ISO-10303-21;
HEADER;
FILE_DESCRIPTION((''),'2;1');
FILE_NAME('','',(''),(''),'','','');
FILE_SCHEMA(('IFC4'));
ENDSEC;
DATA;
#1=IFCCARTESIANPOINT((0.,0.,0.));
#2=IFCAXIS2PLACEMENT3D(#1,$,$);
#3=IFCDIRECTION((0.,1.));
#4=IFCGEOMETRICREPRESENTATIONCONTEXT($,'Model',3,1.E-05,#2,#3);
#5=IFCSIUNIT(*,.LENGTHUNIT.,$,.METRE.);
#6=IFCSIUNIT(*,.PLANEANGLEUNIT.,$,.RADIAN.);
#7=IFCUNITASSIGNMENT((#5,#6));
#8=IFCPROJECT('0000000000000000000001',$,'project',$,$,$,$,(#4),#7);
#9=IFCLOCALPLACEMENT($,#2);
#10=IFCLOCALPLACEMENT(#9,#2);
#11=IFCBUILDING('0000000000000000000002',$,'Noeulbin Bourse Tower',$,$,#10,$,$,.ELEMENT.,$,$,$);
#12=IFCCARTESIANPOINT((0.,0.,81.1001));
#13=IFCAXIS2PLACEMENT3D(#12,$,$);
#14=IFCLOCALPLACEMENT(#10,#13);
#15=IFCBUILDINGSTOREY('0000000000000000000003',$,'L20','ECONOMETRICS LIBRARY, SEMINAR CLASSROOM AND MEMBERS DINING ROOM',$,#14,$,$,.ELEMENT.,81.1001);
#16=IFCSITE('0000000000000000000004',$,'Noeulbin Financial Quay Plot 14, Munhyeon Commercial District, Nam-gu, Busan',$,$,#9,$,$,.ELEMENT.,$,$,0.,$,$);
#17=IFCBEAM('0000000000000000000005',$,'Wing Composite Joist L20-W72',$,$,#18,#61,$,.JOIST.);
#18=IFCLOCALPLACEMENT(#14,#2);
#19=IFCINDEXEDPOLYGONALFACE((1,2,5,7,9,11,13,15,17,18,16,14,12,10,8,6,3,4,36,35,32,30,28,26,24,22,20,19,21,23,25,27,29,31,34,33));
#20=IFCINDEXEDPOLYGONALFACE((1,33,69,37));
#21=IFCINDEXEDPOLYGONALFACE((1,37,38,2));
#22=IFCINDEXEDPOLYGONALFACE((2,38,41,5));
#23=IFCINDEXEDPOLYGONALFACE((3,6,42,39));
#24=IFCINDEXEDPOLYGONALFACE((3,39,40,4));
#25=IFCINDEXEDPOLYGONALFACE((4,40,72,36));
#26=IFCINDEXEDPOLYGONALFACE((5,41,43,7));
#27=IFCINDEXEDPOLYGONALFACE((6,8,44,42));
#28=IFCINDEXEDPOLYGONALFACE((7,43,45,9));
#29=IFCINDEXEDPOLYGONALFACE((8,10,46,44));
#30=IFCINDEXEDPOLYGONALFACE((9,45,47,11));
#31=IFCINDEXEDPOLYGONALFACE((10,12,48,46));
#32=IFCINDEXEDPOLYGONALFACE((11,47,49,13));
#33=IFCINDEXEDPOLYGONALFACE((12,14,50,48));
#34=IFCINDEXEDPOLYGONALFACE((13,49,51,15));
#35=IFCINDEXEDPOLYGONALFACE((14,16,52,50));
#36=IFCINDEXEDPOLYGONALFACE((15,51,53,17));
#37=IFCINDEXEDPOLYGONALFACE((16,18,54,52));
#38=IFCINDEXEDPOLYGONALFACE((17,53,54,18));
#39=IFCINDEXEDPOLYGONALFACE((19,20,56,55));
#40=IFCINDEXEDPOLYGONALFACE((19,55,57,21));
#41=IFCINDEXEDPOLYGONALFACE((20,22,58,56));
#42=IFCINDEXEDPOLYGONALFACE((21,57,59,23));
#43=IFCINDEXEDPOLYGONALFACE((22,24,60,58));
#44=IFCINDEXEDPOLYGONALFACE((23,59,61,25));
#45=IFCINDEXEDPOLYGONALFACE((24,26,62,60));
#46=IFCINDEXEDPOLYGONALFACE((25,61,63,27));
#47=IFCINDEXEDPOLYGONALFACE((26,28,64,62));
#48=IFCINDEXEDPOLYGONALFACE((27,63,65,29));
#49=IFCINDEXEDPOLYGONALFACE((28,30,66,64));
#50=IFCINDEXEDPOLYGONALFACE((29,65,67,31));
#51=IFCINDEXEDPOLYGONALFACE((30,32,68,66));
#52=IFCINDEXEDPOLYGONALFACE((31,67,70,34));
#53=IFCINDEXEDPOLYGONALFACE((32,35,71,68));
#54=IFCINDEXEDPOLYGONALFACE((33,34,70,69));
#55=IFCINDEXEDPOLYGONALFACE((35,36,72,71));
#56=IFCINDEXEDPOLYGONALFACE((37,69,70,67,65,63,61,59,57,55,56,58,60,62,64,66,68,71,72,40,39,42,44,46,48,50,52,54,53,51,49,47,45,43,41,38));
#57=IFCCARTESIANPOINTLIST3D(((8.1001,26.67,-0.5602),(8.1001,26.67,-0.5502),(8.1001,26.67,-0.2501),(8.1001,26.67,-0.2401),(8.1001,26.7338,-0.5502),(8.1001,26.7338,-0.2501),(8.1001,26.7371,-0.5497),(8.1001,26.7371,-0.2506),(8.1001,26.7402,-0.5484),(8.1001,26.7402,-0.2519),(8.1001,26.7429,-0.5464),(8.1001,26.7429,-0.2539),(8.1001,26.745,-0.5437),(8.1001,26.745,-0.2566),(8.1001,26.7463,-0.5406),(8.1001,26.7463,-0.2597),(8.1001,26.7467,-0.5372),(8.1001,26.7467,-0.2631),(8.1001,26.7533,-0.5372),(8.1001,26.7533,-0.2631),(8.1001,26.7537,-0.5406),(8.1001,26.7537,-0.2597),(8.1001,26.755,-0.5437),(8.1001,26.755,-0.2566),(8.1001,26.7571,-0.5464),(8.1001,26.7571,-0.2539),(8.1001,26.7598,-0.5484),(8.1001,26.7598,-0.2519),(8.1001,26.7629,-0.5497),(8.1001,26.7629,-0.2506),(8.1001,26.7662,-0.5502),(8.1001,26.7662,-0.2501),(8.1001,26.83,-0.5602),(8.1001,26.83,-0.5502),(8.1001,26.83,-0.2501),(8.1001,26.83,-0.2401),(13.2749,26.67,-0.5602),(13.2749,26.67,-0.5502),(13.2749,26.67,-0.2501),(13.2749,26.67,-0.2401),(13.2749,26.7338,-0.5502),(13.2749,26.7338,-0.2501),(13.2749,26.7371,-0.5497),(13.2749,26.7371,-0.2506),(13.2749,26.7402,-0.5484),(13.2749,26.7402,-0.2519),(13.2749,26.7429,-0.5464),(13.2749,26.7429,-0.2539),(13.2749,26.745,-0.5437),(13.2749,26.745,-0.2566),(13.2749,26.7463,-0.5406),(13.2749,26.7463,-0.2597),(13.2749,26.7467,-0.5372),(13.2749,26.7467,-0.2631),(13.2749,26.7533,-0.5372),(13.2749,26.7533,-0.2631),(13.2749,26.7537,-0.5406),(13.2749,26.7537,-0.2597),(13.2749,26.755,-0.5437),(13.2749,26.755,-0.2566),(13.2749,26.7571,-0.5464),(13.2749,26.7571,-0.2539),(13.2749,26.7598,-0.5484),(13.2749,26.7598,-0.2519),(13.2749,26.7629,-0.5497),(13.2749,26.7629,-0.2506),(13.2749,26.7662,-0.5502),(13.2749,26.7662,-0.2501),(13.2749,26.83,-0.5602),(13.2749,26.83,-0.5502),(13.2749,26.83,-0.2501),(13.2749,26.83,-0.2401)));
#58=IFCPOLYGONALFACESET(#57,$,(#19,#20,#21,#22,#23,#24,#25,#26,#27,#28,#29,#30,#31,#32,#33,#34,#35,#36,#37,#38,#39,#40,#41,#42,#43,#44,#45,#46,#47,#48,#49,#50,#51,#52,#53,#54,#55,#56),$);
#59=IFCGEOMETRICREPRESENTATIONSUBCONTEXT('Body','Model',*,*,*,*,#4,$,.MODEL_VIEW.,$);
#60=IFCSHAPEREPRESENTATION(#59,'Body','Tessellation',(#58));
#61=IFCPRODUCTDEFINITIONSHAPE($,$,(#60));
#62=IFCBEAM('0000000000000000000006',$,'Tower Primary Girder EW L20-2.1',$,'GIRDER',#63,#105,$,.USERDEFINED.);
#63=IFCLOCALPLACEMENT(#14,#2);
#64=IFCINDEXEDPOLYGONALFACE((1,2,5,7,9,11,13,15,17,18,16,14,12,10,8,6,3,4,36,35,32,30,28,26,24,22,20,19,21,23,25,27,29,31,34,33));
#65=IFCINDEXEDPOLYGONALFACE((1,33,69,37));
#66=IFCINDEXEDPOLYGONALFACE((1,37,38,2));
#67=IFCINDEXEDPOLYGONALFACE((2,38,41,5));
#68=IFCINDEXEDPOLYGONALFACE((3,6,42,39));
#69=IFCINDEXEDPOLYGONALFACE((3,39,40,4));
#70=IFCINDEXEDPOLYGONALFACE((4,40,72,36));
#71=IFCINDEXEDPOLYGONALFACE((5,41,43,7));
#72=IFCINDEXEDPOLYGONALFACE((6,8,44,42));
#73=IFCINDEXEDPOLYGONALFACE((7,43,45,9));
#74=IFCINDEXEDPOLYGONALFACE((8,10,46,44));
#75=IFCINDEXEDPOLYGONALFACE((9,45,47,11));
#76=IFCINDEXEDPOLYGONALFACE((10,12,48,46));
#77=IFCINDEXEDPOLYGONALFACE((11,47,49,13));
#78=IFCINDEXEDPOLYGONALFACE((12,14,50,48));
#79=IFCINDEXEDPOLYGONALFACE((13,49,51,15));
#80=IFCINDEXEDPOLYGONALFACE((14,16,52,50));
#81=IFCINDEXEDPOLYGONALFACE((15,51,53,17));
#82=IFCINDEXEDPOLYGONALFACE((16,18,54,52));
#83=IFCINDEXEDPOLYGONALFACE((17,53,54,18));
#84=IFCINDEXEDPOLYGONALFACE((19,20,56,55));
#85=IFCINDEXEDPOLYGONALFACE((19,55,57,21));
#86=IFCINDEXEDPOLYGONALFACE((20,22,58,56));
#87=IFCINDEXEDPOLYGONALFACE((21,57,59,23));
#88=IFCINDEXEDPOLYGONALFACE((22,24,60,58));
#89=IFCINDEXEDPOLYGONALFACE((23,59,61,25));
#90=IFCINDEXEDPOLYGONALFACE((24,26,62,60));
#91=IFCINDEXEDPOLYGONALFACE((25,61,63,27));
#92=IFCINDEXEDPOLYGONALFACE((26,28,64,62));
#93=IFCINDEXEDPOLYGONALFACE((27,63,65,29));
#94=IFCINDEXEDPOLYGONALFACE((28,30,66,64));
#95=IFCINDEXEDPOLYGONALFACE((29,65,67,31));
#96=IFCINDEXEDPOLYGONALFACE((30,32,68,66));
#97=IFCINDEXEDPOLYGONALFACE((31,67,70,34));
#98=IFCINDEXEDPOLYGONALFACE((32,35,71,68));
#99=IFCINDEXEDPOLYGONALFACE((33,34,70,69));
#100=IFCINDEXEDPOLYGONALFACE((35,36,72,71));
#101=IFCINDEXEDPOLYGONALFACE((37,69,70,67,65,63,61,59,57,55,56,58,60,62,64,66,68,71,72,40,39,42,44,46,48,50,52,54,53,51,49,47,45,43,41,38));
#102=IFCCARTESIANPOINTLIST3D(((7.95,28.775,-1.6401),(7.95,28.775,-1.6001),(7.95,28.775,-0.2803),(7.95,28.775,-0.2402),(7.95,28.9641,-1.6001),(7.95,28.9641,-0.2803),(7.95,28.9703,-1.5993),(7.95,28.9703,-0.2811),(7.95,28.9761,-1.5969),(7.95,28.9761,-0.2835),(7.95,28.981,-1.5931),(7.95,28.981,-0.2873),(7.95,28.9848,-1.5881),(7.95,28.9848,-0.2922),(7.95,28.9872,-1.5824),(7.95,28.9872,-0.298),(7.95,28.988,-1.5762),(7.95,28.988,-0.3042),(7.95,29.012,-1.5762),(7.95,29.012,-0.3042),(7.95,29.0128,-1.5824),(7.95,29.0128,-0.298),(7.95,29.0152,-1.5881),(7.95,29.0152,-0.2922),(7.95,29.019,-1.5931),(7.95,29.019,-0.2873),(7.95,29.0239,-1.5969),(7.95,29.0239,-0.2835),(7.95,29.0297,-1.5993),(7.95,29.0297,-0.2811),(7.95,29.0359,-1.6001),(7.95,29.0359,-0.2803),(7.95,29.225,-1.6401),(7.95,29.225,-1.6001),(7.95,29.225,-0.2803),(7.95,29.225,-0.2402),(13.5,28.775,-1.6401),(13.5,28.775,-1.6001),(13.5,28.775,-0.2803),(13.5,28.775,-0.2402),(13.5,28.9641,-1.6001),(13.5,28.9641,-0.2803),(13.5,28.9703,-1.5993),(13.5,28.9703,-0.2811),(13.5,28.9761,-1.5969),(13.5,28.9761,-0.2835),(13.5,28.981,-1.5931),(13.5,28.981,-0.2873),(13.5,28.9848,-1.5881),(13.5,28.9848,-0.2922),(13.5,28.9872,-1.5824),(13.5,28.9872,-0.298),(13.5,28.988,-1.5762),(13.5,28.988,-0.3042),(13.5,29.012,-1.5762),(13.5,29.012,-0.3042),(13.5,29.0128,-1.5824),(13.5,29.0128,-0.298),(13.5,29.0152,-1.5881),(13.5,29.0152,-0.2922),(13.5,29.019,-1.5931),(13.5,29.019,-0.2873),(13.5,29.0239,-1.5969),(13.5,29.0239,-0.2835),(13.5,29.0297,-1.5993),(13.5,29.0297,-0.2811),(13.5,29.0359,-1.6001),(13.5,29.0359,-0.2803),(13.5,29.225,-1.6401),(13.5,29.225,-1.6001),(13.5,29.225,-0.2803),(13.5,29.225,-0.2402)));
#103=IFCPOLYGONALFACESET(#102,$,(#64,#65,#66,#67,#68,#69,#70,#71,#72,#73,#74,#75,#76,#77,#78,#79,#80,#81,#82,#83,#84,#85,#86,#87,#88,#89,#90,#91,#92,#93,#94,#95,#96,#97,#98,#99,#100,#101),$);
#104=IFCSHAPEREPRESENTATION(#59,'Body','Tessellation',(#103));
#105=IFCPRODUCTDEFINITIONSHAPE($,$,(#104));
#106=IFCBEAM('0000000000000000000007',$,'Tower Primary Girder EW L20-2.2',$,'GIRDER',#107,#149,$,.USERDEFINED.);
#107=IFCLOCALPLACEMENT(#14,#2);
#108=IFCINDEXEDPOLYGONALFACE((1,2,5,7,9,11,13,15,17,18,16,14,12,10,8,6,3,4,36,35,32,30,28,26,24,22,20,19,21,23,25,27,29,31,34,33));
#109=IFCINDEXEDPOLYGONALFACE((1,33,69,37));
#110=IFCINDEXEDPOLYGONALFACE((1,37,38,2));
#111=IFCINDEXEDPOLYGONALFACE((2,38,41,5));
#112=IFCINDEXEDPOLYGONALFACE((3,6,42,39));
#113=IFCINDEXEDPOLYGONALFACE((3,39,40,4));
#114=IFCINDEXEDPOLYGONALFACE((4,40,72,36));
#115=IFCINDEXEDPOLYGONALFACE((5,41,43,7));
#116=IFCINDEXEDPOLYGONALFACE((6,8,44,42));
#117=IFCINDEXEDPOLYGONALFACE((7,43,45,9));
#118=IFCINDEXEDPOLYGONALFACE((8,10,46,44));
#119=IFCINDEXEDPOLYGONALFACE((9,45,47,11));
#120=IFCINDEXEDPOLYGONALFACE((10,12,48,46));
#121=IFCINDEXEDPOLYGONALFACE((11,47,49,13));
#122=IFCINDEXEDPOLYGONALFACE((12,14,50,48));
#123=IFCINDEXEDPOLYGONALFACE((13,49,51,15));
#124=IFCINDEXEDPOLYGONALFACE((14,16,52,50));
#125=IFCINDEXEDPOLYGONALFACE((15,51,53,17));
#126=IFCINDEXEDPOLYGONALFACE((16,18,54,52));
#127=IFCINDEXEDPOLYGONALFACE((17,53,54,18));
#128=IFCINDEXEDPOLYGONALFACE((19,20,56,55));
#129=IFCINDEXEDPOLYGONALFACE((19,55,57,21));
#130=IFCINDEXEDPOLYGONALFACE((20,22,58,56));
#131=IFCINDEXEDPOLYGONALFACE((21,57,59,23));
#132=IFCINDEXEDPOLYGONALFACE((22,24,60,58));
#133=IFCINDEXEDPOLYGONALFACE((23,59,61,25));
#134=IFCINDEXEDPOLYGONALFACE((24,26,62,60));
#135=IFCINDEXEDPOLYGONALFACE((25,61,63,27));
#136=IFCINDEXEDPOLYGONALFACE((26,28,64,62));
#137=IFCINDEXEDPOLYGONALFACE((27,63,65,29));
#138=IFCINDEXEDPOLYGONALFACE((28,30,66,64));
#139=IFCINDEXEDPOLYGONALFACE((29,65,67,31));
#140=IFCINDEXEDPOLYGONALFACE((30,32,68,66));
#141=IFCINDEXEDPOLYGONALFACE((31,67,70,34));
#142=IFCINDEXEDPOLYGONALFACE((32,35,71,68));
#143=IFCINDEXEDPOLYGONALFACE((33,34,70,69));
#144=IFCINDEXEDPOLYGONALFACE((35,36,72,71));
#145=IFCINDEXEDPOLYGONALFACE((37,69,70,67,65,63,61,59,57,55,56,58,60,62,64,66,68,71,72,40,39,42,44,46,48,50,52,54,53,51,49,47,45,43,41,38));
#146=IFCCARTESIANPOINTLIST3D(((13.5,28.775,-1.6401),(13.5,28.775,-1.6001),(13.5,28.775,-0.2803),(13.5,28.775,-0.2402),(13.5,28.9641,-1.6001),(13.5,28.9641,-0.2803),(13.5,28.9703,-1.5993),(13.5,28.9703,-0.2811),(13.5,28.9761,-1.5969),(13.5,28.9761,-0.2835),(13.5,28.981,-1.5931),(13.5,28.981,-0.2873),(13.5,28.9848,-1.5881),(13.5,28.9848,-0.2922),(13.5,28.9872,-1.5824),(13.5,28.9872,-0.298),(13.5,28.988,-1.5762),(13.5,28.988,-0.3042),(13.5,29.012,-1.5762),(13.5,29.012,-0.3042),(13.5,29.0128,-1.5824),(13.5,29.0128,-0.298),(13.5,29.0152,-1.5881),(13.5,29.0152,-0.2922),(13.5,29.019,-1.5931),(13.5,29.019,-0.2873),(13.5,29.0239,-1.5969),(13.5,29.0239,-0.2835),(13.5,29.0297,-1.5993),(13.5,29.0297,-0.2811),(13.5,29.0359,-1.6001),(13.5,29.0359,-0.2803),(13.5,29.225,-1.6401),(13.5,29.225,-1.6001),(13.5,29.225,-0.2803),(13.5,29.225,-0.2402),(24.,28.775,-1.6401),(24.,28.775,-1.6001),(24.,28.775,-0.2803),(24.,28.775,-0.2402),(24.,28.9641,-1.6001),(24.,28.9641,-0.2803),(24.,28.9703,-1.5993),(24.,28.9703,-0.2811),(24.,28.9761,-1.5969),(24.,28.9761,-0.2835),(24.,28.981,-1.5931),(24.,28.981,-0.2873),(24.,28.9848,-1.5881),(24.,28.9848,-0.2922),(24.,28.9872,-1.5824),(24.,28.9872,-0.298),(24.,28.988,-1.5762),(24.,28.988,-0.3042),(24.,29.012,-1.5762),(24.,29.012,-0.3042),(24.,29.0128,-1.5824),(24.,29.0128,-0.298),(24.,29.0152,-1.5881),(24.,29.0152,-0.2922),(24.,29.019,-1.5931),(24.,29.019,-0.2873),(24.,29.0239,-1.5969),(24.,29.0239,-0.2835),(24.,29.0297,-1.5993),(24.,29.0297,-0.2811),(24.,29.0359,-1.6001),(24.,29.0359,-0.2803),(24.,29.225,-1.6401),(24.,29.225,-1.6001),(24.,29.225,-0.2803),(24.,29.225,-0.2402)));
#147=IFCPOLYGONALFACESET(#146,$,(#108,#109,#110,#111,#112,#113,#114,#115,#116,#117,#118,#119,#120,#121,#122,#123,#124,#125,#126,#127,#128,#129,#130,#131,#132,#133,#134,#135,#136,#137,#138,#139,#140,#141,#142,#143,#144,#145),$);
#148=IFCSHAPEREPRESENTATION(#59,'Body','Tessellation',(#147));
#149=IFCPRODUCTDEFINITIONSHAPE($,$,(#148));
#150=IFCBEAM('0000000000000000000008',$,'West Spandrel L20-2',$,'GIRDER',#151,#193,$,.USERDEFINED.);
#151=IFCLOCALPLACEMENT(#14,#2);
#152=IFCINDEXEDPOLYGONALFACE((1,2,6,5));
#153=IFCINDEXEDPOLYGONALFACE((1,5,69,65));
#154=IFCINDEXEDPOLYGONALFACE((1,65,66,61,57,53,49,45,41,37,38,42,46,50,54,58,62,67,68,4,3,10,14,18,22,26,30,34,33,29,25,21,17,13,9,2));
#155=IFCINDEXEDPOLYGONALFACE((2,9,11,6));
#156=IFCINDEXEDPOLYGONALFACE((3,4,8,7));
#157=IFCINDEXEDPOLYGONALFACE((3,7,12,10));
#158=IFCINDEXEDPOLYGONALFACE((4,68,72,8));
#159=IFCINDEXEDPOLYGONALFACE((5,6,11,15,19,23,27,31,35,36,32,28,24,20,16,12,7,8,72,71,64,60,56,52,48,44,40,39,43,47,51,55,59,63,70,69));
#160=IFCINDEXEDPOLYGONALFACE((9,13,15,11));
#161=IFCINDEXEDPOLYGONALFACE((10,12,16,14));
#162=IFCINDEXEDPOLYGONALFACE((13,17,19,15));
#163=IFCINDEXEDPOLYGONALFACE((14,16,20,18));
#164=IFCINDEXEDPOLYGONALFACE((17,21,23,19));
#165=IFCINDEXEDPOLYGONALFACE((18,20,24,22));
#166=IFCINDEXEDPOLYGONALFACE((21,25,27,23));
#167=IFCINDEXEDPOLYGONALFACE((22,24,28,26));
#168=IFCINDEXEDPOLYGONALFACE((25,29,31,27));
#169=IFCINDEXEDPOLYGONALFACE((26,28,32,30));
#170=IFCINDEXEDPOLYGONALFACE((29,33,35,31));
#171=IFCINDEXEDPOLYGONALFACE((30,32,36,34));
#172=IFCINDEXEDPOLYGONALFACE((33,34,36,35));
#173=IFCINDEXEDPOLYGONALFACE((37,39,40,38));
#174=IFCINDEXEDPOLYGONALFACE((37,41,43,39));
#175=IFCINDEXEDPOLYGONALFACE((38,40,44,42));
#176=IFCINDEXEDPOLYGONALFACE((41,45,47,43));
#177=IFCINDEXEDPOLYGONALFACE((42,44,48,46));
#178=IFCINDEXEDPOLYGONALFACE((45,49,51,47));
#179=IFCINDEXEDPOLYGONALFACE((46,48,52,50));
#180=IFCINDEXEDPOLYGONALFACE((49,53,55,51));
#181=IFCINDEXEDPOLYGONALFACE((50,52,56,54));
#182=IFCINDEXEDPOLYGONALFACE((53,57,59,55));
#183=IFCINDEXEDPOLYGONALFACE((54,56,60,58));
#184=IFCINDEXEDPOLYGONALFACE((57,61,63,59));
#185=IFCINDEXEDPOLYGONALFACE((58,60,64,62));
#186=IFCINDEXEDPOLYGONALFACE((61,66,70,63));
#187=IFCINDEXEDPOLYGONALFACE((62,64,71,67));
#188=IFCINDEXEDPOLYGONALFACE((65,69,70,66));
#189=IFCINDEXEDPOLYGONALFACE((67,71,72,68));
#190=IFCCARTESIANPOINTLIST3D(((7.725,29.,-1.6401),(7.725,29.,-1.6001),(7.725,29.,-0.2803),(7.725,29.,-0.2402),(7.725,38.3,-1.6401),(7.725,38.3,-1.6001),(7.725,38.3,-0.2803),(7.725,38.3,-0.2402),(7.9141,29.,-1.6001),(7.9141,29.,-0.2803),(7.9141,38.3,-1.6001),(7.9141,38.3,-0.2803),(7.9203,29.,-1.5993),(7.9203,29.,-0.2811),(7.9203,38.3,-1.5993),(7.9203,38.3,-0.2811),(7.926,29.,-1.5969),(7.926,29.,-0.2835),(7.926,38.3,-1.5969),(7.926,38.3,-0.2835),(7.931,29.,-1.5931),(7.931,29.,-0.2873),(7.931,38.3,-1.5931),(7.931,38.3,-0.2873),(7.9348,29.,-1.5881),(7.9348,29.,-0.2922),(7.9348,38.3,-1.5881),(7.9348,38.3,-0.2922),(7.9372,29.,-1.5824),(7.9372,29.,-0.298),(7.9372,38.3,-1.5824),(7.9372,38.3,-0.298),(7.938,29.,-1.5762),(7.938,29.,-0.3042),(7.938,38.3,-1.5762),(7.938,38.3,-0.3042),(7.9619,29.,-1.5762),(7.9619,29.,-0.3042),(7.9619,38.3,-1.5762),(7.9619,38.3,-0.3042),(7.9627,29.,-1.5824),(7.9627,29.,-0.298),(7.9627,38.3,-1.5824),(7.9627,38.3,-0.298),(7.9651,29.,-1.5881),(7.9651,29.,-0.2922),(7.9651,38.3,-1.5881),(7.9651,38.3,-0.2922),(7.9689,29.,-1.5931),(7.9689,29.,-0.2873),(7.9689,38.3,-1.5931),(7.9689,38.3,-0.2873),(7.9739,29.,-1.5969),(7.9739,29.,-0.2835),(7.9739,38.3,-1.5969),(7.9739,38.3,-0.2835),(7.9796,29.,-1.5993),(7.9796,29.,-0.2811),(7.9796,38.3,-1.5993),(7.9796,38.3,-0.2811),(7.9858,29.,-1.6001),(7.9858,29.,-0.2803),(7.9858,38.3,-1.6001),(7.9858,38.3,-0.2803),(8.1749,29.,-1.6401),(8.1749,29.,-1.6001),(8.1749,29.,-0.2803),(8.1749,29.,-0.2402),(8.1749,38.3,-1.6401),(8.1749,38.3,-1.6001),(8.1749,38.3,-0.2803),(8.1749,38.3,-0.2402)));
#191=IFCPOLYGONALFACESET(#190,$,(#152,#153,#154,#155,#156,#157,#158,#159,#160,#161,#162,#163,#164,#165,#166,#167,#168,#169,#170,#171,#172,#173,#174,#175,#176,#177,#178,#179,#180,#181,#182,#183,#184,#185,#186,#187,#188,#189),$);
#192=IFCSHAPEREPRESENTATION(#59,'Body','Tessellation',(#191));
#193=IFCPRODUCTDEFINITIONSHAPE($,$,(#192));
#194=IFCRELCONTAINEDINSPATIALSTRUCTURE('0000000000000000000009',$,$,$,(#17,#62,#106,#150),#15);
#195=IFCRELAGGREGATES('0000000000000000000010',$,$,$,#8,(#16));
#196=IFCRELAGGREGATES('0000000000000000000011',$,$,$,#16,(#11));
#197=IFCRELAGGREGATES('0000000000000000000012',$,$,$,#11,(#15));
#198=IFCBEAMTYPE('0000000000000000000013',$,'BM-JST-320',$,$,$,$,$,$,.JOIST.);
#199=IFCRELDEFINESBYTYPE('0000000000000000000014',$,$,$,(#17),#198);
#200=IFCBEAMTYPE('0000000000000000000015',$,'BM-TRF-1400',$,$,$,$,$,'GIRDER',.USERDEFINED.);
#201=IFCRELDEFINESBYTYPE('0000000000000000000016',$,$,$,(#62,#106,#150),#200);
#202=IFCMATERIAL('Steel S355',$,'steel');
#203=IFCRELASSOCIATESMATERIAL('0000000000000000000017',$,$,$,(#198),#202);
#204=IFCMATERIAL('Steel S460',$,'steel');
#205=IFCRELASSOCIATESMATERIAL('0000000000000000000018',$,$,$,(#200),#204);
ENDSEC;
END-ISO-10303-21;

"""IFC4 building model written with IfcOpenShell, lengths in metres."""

from ifc_helpers import new_model, si_unit, direction, frame, origin, origin_2d, place, context, subcontext, project, spatial, i_section, extrude, material, material_profile, profile_set, type_object, element, save


model = new_model("IFC4")

# Units and contexts
model_context = context("Model", 3, precision=1e-05, world=origin(), true_north=direction((0.0, 1.0)))
body_context = subcontext(model_context, "Body", "Model", "MODEL_VIEW")
ifc_project = project(units=[si_unit("LENGTHUNIT", "METRE"), si_unit("PLANEANGLEUNIT", "RADIAN")], contexts=[model_context])

# Site, building, storey
site_placement = place(None, origin())
site = spatial("IfcSite", under=ifc_project, at=site_placement, Name="Noeulbin Financial Quay Plot 14, Munhyeon Commercial District, Nam-gu, Busan", CompositionType="ELEMENT", RefElevation=0.0)
building_placement = place(site_placement, origin())
building = spatial("IfcBuilding", under=site, at=building_placement, Name="Noeulbin Bourse Tower", CompositionType="ELEMENT")
storey_placement = place(building_placement, frame((0.0, 0.0, 81.1001)))
storey = spatial("IfcBuildingStorey", under=building, at=storey_placement, Name="L20", Description="ECONOMETRICS LIBRARY, SEMINAR CLASSROOM AND MEMBERS DINING ROOM", CompositionType="ELEMENT", Elevation=81.1001)

# Shared definitions
ifc_material_1 = material(Name="Steel S460", Category="steel")

# Beams
ifc_material_2 = material(Name="Steel S355", Category="steel")
ifc_material_profile_1 = material_profile(ifc_material_2, i_section(OverallWidth=0.1599, OverallDepth=0.3201, WebThickness=0.0066, FlangeThickness=0.01, FilletRadius=0.0129, at=origin_2d()), Name="H-320x160x6.5x10", Category="LoadBearing")
ifc_profile_set_1 = profile_set([ifc_material_profile_1], Name="Steel S355")
beam_type_1 = type_object("IfcBeamType", Name="BM-JST-320", PredefinedType="JOIST", material=ifc_profile_set_1)
for number, where, z_axis, x_axis, name in (
    (1, (8.1001, 26.75, -0.4001), (1.0, 0.0, 0.0), (0.0, 1.0, 0.0), "Wing Composite Joist L20-W72"),
):
    element("IfcBeam", number, at=place(storey_placement, frame(where, z_axis=z_axis, x_axis=x_axis)), inside=storey, type_object=beam_type_1, Name=name, PredefinedType="JOIST", context=body_context, shape_type="SweptSolid", body=[
        extrude(i_section(OverallWidth=0.1599, OverallDepth=0.3201, WebThickness=0.0066, FlangeThickness=0.01, FilletRadius=0.0129, at=origin_2d()), origin(), (0.0, 0.0, 1.0), 5.1748),
    ])
ifc_material_profile_2 = material_profile(ifc_material_1, i_section(OverallWidth=0.45, OverallDepth=1.3999, WebThickness=0.0239, FlangeThickness=0.04, FilletRadius=0.0239, at=origin_2d()), Name="PG-1400x450x24x40", Category="LoadBearing")
ifc_profile_set_2 = profile_set([ifc_material_profile_2], Name="Steel S460")
beam_type_2 = type_object("IfcBeamType", Name="BM-TRF-1400", ElementType="GIRDER", PredefinedType="USERDEFINED", material=ifc_profile_set_2)
beam_1_placement = place(storey_placement, frame((7.95, 29.0, -0.9402), z_axis=(1.0, 0.0, 0.0), x_axis=(0.0, 1.0, 0.0)))
element("IfcBeam", 2, at=beam_1_placement, inside=storey, type_object=beam_type_2, Name="Tower Primary Girder EW L20-2.1", ObjectType="GIRDER", PredefinedType="USERDEFINED", context=body_context, shape_type="SweptSolid", body=[
    extrude(i_section(OverallWidth=0.45, OverallDepth=1.3999, WebThickness=0.0239, FlangeThickness=0.04, FilletRadius=0.0239, at=origin_2d()), origin(), (0.0, 0.0, 1.0), 5.55),
])
beam_2_placement = place(storey_placement, frame((13.5, 29.0, -0.9402), z_axis=(1.0, 0.0, 0.0), x_axis=(0.0, 1.0, 0.0)))
element("IfcBeam", 3, at=beam_2_placement, inside=storey, type_object=beam_type_2, Name="Tower Primary Girder EW L20-2.2", ObjectType="GIRDER", PredefinedType="USERDEFINED", context=body_context, shape_type="SweptSolid", body=[
    extrude(i_section(OverallWidth=0.45, OverallDepth=1.3999, WebThickness=0.0239, FlangeThickness=0.04, FilletRadius=0.0239, at=origin_2d()), origin(), (0.0, 0.0, 1.0), 10.5),
])
beam_3_placement = place(storey_placement, frame((7.95, 29.0, -0.9402), z_axis=(0.0, 1.0, 0.0), x_axis=(-1.0, 0.0, 0.0)))
element("IfcBeam", 4, at=beam_3_placement, inside=storey, type_object=beam_type_2, Name="West Spandrel L20-2", ObjectType="GIRDER", PredefinedType="USERDEFINED", context=body_context, shape_type="SweptSolid", body=[
    extrude(i_section(OverallWidth=0.45, OverallDepth=1.3999, WebThickness=0.0239, FlangeThickness=0.04, FilletRadius=0.0239, at=origin_2d()), origin(), (0.0, 0.0, 1.0), 9.3),
])

save(model, "model.ifc")
